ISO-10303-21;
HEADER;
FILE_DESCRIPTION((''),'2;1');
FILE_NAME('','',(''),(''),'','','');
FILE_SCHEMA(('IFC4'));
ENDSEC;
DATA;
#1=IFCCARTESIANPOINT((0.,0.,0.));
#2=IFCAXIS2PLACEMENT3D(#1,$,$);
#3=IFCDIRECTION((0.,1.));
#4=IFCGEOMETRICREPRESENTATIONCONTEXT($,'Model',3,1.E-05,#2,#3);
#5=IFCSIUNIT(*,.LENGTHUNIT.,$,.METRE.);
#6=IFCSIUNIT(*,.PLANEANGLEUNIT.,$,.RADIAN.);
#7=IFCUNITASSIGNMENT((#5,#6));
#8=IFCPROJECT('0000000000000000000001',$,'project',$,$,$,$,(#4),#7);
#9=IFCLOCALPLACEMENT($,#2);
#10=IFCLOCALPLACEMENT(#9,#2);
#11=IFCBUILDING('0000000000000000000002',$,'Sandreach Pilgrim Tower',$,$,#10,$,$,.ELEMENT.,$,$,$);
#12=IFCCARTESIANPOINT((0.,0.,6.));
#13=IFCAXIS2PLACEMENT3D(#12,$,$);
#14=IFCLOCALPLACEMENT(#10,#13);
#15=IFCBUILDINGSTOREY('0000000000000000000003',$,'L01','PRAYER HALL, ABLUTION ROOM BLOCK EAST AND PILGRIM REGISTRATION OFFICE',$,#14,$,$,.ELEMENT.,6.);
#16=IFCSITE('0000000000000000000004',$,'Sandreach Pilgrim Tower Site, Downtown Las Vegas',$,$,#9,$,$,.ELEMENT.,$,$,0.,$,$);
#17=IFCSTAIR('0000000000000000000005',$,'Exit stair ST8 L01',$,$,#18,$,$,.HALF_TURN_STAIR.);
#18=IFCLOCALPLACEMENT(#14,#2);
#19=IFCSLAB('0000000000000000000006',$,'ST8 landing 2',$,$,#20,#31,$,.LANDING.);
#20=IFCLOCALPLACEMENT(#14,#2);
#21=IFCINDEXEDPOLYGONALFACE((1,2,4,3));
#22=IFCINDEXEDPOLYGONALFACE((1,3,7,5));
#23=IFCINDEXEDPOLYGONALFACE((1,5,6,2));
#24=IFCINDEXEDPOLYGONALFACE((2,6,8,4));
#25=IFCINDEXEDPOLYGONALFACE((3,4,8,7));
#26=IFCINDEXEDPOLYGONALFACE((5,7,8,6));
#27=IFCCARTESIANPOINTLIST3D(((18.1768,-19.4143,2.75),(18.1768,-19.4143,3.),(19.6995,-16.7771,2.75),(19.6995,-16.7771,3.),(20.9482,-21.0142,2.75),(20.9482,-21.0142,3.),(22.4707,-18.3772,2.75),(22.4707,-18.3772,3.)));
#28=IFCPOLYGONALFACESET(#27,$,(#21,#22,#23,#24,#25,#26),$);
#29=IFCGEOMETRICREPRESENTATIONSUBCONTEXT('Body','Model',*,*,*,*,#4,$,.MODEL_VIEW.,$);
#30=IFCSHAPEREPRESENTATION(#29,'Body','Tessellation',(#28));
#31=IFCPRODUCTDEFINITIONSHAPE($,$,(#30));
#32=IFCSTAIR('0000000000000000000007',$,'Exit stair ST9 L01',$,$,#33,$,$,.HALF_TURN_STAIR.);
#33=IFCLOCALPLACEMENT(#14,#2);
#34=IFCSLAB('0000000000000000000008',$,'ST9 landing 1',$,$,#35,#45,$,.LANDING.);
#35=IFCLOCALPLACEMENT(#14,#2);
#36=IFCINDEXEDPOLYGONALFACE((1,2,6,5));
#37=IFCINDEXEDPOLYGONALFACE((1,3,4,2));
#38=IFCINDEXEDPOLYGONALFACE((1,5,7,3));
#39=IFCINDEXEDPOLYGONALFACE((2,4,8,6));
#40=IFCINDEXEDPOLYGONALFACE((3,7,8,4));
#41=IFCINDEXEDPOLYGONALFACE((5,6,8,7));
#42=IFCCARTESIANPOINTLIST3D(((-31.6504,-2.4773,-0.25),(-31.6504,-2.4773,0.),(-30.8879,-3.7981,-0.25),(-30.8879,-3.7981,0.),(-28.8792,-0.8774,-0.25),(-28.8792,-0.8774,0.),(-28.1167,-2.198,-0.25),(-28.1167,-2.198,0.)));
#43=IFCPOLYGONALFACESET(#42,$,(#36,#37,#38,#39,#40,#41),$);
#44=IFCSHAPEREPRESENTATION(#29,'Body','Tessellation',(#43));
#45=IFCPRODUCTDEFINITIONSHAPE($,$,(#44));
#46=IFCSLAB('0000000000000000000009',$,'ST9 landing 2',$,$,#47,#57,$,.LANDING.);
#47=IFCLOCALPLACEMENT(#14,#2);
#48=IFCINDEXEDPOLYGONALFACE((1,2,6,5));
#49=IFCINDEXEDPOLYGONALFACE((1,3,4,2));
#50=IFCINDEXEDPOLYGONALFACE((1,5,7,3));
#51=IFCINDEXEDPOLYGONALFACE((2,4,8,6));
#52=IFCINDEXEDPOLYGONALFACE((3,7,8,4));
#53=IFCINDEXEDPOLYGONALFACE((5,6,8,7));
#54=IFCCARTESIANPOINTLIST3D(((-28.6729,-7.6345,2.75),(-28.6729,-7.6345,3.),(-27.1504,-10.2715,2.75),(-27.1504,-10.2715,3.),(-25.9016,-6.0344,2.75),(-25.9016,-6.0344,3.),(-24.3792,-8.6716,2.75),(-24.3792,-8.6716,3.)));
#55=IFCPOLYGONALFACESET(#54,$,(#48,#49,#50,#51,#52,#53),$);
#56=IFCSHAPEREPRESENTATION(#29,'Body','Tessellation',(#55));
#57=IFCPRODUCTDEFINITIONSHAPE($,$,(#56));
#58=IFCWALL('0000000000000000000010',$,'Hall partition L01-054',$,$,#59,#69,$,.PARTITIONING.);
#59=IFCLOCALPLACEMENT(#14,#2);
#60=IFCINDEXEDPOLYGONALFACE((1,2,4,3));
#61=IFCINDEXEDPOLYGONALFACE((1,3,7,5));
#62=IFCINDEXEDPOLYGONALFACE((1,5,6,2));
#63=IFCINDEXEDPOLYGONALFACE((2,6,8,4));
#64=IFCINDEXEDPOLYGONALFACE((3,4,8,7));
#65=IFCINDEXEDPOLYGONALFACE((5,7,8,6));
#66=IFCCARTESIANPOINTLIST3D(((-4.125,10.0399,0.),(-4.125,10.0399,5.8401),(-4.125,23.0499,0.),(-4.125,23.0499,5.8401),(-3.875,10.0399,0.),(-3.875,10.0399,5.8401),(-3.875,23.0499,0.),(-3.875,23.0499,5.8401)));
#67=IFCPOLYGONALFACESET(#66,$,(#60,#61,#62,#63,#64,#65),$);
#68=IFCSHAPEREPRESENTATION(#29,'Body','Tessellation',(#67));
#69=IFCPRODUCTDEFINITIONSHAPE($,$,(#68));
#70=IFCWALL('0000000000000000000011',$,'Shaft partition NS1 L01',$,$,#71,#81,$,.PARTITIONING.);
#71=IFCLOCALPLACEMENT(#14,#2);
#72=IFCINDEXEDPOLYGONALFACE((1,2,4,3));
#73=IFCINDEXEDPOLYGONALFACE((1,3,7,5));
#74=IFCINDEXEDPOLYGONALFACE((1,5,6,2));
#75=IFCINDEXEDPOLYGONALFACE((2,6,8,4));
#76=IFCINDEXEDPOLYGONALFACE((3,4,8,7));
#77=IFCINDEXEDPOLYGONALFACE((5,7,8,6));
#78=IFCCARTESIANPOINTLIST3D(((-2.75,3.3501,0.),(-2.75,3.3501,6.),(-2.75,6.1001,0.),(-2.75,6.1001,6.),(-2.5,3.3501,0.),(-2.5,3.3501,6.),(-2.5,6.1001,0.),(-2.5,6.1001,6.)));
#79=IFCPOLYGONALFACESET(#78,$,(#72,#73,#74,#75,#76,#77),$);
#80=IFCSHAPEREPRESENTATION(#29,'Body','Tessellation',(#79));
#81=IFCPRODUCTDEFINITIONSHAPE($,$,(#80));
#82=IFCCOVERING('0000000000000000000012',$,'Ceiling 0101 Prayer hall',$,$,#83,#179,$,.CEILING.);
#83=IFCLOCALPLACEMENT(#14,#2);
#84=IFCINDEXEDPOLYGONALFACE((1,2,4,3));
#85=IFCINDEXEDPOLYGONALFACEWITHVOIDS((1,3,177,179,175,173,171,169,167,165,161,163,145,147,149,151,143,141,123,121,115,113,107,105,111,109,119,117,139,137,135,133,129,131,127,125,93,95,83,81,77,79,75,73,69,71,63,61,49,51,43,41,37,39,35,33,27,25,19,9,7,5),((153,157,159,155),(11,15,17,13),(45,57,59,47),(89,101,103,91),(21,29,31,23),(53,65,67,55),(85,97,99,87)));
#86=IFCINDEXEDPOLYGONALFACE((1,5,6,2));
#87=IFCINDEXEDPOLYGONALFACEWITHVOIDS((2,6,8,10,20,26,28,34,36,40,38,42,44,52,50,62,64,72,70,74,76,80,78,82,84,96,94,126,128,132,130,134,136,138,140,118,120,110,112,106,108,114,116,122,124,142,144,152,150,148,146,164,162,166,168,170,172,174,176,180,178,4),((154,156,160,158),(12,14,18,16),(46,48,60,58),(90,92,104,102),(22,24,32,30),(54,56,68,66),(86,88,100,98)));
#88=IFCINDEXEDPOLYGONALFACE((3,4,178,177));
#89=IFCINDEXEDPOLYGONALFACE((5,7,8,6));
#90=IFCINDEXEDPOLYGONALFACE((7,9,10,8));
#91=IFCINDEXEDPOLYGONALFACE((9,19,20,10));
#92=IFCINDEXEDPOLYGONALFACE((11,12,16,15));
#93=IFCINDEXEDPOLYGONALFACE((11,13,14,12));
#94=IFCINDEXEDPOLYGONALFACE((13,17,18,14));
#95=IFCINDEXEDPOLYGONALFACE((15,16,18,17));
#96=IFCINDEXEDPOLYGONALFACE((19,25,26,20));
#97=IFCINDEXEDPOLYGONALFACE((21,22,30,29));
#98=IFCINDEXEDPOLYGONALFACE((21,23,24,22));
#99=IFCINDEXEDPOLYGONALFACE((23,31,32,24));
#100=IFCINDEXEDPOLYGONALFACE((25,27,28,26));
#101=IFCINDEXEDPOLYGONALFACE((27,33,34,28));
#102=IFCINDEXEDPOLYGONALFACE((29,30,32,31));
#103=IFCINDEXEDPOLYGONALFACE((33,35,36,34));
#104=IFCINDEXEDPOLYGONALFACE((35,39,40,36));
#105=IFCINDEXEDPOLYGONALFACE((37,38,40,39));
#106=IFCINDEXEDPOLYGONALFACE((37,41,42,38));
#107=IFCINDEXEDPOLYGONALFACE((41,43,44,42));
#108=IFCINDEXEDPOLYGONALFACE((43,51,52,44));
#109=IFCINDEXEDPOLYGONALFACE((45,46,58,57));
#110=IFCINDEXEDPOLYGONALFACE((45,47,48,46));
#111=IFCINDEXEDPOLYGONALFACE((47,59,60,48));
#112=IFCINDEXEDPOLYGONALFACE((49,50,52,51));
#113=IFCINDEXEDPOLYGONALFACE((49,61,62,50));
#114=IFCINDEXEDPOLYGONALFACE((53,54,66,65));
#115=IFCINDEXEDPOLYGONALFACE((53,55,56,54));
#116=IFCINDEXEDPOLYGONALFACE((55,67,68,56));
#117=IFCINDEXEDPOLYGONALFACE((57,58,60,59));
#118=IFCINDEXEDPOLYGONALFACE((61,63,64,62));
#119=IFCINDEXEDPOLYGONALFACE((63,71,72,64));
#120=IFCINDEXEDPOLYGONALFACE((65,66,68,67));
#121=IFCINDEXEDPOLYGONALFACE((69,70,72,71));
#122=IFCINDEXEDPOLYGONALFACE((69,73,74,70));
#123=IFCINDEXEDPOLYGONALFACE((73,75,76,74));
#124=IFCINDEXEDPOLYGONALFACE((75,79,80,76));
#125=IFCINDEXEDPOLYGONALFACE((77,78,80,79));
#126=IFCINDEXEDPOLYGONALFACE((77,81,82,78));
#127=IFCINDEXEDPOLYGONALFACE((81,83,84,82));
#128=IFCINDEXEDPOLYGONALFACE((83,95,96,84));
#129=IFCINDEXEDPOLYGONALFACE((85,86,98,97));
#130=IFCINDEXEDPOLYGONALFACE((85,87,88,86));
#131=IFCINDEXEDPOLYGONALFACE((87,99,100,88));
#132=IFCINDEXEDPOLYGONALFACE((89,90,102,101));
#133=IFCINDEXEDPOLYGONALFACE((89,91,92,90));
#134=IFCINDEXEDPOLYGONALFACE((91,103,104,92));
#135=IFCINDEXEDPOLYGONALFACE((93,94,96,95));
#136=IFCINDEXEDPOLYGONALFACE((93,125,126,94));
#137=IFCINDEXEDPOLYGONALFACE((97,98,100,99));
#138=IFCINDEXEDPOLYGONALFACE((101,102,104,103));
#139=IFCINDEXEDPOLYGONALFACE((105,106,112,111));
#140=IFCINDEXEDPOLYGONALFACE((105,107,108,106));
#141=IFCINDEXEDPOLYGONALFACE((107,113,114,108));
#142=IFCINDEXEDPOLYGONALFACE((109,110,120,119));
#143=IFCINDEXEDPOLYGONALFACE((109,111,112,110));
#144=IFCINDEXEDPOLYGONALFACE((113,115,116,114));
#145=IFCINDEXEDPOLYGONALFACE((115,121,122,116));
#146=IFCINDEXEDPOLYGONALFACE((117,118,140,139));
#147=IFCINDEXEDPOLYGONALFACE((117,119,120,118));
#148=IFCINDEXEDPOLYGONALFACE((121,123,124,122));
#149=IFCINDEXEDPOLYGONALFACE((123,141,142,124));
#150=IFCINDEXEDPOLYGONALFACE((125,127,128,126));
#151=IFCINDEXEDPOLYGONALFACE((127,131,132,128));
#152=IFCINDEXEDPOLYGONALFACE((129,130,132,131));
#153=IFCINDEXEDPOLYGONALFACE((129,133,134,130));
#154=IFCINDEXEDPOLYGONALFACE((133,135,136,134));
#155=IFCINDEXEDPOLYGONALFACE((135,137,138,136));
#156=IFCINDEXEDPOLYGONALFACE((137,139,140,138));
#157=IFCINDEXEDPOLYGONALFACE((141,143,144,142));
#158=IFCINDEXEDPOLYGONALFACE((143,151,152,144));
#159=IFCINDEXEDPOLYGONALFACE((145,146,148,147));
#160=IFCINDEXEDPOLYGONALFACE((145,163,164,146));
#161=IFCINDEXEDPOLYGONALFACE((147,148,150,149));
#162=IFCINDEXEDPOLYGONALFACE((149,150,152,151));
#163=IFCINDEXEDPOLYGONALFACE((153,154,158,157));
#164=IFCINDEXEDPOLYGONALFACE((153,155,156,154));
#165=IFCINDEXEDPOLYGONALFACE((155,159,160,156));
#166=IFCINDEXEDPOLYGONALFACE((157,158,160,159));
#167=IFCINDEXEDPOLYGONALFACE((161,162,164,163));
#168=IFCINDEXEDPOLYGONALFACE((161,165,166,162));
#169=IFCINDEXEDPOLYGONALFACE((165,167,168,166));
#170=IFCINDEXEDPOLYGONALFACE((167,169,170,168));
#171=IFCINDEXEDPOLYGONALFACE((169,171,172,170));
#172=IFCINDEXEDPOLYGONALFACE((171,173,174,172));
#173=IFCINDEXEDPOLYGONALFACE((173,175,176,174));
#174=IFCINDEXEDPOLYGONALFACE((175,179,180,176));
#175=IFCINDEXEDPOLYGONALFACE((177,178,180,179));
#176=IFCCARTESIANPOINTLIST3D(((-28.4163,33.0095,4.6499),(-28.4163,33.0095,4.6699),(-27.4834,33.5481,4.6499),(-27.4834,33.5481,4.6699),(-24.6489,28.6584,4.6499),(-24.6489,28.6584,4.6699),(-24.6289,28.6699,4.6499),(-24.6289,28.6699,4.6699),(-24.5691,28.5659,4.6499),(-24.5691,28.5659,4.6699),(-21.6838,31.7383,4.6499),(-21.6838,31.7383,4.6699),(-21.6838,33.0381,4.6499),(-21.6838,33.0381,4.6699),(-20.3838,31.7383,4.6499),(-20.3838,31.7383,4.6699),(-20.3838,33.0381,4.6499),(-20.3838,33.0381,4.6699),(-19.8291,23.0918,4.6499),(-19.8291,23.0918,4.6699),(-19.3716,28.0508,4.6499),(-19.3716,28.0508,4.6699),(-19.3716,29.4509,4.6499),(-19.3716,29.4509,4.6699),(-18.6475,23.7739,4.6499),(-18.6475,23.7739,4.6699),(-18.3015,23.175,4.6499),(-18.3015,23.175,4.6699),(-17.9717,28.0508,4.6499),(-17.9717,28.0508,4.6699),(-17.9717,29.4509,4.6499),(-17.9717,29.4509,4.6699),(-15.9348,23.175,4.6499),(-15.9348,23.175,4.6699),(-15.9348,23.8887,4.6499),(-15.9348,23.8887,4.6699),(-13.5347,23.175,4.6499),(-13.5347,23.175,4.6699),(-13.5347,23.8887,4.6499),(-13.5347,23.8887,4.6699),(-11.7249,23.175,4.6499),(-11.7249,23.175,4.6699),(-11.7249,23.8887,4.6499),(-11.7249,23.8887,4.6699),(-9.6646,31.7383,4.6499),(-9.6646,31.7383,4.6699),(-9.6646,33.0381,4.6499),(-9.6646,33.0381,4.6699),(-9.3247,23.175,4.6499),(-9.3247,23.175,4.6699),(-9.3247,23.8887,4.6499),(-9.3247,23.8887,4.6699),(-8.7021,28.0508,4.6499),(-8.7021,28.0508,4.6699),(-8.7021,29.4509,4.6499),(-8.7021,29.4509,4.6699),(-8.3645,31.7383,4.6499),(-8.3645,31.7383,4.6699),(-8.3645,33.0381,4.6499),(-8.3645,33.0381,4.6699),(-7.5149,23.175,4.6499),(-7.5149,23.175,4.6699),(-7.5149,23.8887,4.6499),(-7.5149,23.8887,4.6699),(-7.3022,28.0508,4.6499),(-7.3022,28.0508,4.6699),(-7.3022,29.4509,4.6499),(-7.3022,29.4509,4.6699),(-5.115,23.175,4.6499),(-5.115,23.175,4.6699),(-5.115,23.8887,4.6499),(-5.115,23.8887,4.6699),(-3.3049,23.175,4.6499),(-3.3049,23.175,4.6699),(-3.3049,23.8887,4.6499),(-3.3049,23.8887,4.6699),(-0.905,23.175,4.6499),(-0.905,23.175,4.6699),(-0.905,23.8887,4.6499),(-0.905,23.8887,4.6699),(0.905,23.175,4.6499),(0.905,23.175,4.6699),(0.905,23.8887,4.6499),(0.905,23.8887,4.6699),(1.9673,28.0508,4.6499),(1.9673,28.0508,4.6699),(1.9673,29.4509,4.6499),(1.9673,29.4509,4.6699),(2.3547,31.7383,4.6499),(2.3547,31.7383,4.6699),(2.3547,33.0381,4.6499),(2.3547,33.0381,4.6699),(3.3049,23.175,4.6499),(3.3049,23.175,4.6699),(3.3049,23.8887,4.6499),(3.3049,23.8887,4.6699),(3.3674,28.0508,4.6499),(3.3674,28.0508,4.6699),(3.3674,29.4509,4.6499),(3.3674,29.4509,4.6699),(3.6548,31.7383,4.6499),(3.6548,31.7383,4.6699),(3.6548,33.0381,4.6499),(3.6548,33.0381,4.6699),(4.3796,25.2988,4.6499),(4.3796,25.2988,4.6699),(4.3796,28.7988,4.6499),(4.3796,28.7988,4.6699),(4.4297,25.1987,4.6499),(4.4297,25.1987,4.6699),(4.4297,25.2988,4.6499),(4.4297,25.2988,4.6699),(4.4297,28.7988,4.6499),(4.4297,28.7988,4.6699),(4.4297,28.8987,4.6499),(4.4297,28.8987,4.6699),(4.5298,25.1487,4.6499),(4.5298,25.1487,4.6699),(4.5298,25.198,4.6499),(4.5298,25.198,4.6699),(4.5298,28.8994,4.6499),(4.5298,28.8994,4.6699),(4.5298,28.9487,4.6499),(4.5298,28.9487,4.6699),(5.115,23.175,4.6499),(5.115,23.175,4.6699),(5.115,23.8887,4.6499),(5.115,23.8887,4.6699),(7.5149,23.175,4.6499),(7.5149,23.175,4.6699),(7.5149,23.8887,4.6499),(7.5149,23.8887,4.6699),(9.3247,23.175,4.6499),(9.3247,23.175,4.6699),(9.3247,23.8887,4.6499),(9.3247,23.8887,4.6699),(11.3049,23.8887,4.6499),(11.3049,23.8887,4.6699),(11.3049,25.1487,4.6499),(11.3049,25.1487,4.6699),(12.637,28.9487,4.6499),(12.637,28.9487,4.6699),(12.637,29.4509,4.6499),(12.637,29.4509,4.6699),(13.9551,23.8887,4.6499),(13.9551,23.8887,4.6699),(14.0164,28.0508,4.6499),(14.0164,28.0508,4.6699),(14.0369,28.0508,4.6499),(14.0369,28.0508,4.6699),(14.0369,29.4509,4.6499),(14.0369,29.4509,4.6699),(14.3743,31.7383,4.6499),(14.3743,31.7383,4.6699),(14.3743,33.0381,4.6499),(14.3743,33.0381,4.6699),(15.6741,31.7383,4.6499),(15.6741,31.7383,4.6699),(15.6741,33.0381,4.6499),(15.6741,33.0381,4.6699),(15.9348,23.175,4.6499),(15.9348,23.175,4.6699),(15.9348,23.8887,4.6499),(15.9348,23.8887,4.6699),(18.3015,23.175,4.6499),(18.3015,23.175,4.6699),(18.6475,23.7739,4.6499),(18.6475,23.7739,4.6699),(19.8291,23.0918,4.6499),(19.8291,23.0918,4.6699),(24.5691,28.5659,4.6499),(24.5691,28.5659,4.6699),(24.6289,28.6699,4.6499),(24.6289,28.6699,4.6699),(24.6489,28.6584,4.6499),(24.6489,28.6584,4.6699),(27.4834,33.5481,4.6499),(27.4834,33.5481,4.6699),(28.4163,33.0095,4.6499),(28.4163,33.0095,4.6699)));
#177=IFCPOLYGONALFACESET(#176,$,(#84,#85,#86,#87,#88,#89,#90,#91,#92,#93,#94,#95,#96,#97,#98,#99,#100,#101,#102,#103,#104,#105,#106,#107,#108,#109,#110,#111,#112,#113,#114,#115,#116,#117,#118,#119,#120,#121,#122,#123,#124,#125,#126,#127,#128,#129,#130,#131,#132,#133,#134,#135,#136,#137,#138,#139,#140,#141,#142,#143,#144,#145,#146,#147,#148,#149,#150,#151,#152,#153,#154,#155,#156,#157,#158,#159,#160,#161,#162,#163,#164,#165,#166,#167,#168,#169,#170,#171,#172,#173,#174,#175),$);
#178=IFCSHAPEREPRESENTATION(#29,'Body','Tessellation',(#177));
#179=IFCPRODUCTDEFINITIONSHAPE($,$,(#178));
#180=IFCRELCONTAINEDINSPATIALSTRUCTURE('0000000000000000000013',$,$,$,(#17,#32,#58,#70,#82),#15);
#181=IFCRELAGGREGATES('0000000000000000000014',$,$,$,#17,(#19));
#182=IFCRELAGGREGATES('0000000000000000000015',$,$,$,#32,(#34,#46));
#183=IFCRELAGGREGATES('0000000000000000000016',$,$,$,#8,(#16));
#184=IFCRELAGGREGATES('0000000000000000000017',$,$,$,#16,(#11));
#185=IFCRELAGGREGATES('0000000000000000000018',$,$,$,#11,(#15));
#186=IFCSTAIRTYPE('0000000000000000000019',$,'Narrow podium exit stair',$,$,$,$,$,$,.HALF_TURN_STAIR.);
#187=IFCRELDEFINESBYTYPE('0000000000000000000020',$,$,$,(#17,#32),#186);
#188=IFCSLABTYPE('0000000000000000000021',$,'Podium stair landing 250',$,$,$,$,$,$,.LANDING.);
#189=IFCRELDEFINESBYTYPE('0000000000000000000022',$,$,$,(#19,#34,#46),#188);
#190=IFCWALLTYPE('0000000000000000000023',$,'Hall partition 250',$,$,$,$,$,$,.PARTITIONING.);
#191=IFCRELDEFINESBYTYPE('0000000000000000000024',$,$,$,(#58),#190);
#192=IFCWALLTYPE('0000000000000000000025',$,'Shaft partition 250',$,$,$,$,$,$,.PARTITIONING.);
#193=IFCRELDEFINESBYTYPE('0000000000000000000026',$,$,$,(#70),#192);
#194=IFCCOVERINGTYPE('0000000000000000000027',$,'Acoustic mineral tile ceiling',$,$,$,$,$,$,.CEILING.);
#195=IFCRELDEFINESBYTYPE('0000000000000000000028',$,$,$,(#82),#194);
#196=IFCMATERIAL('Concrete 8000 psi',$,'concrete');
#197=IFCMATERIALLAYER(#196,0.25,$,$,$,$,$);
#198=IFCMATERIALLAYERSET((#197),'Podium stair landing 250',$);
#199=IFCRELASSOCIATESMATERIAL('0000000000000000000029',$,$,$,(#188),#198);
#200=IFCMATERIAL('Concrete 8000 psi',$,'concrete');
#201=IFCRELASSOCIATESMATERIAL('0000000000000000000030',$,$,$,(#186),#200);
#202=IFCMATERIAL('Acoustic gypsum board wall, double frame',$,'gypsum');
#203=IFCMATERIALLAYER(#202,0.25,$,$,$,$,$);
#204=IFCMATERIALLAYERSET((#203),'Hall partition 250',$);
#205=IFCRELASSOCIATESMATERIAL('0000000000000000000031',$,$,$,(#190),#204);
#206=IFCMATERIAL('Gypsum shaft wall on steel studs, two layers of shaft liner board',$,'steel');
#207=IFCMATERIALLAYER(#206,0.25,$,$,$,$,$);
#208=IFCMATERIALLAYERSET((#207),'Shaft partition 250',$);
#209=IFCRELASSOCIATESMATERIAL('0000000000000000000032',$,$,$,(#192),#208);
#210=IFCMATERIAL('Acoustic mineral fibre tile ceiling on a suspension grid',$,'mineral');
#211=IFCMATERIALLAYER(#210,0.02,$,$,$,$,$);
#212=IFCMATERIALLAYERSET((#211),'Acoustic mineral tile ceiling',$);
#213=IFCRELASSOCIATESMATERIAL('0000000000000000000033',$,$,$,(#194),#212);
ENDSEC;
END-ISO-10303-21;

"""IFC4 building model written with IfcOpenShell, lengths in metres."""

from ifc_helpers import new_model, si_unit, direction, frame, frame_2d, origin, place, context, subcontext, project, spatial, polyline, rectangle, outline, extrude, material, layer, layer_set, type_object, element, aggregate, save


model = new_model("IFC4")

# Units and contexts
model_context = context("Model", 3, precision=1e-05, world=origin(), true_north=direction((0.0, 1.0)))
body_context = subcontext(model_context, "Body", "Model", "MODEL_VIEW")
ifc_project = project(units=[si_unit("LENGTHUNIT", "METRE"), si_unit("PLANEANGLEUNIT", "RADIAN")], contexts=[model_context])

# Site, building, storey
site_placement = place(None, origin())
site = spatial("IfcSite", under=ifc_project, at=site_placement, Name="Sandreach Pilgrim Tower Site, Downtown Las Vegas", CompositionType="ELEMENT", RefElevation=0.0)
building_placement = place(site_placement, origin())
building = spatial("IfcBuilding", under=site, at=building_placement, Name="Sandreach Pilgrim Tower", CompositionType="ELEMENT")
storey_placement = place(building_placement, frame((0.0, 0.0, 6.0)))
storey = spatial("IfcBuildingStorey", under=building, at=storey_placement, Name="L01", Description="PRAYER HALL, ABLUTION ROOM BLOCK EAST AND PILGRIM REGISTRATION OFFICE", CompositionType="ELEMENT", Elevation=6.0)

# Stairs, slabs
ifc_material_1 = material(Name="Concrete 8000 psi", Category="concrete")
ifc_layer_1 = layer(ifc_material_1, 0.25)
ifc_layer_set_1 = layer_set([ifc_layer_1], Name="Podium stair landing 250")
slab_type_1 = type_object("IfcSlabType", Name="Podium stair landing 250", PredefinedType="LANDING", material=ifc_layer_set_1)
ifc_material_2 = material(Name="Concrete 8000 psi", Category="concrete")
stair_type_1 = type_object("IfcStairType", Name="Narrow podium exit stair", PredefinedType="HALF_TURN_STAIR", material=ifc_material_2)
stair_1_placement = place(storey_placement, origin())
stair_1 = element("IfcStair", 1, at=stair_1_placement, inside=storey, type_object=stair_type_1, Name="Exit stair ST8 L01", PredefinedType="HALF_TURN_STAIR")
slab_1_placement = place(storey_placement, frame((0.0, 0.0, 2.75)))
slab_1 = element("IfcSlab", 2, at=slab_1_placement, type_object=slab_type_1, Name="ST8 landing 2", PredefinedType="LANDING", context=body_context, shape_type="SweptSolid", body=[
    extrude(outline(polyline([(18.1768, -19.4143), (19.6995, -16.7771), (22.4707, -18.3772), (20.9482, -21.0142), (18.1768, -19.4143)])), origin(), (0.0, 0.0, 1.0), 0.25),
])
aggregate(stair_1, [slab_1])
stair_2_placement = place(storey_placement, origin())
stair_2 = element("IfcStair", 3, at=stair_2_placement, inside=storey, type_object=stair_type_1, Name="Exit stair ST9 L01", PredefinedType="HALF_TURN_STAIR")
slab_2_placement = place(storey_placement, frame((0.0, 0.0, -0.25)))
slab_2 = element("IfcSlab", 4, at=slab_2_placement, type_object=slab_type_1, Name="ST9 landing 1", PredefinedType="LANDING", context=body_context, shape_type="SweptSolid", body=[
    extrude(outline(polyline([(-28.8792, -0.8774), (-28.1167, -2.198), (-30.8879, -3.7981), (-31.6504, -2.4773), (-28.8792, -0.8774)])), origin(), (0.0, 0.0, 1.0), 0.25),
])
slab_3_placement = place(storey_placement, frame((0.0, 0.0, 2.75)))
slab_3 = element("IfcSlab", 5, at=slab_3_placement, type_object=slab_type_1, Name="ST9 landing 2", PredefinedType="LANDING", context=body_context, shape_type="SweptSolid", body=[
    extrude(outline(polyline([(-25.9016, -6.0344), (-24.3792, -8.6716), (-27.1504, -10.2715), (-28.6729, -7.6345), (-25.9016, -6.0344)])), origin(), (0.0, 0.0, 1.0), 0.25),
])
aggregate(stair_2, [slab_2, slab_3])

# Walls
ifc_material_3 = material(Name="Acoustic gypsum board wall, double frame", Category="gypsum")
ifc_layer_2 = layer(ifc_material_3, 0.25)
ifc_layer_set_2 = layer_set([ifc_layer_2], Name="Hall partition 250")
wall_type_1 = type_object("IfcWallType", Name="Hall partition 250", PredefinedType="PARTITIONING", material=ifc_layer_set_2)
wall_1_placement = place(storey_placement, frame((-4.0, 10.04, 0.0), z_axis=(0.0, 0.0, 1.0), x_axis=(0.0, 1.0, 0.0)))
element("IfcWall", 6, at=wall_1_placement, inside=storey, type_object=wall_type_1, Name="Hall partition L01-054", PredefinedType="PARTITIONING", context=body_context, shape_type="SweptSolid", body=[
    extrude(rectangle(XDim=13.01, YDim=0.25, at=frame_2d((6.5049, 0.0))), origin(), (0.0, 0.0, 1.0), 5.8401),
])
ifc_material_4 = material(Name="Gypsum shaft wall on steel studs, two layers of shaft liner board", Category="steel")
ifc_layer_3 = layer(ifc_material_4, 0.25)
ifc_layer_set_3 = layer_set([ifc_layer_3], Name="Shaft partition 250")
wall_type_2 = type_object("IfcWallType", Name="Shaft partition 250", PredefinedType="PARTITIONING", material=ifc_layer_set_3)
wall_2_placement = place(storey_placement, frame((-2.625, 3.3501, 0.0), z_axis=(0.0, 0.0, 1.0), x_axis=(0.0, 1.0, 0.0)))
element("IfcWall", 7, at=wall_2_placement, inside=storey, type_object=wall_type_2, Name="Shaft partition NS1 L01", PredefinedType="PARTITIONING", context=body_context, shape_type="SweptSolid", body=[
    extrude(rectangle(XDim=2.75, YDim=0.25, at=frame_2d((1.375, 0.0))), origin(), (0.0, 0.0, 1.0), 6.0),
])

# Covering
ifc_material_5 = material(Name="Acoustic mineral fibre tile ceiling on a suspension grid", Category="mineral")
ifc_layer_4 = layer(ifc_material_5, 0.02)
ifc_layer_set_4 = layer_set([ifc_layer_4], Name="Acoustic mineral tile ceiling")
covering_type_1 = type_object("IfcCoveringType", Name="Acoustic mineral tile ceiling", PredefinedType="CEILING", material=ifc_layer_set_4)
covering_1_placement = place(storey_placement, frame((0.0, 0.0, 4.6499)))
element("IfcCovering", 8, at=covering_1_placement, inside=storey, type_object=covering_type_1, Name="Ceiling 0101 Prayer hall", PredefinedType="CEILING", context=body_context, shape_type="SweptSolid", body=[
    extrude(outline(polyline([(27.4834, 33.5481), (28.4163, 33.0095), (24.6489, 28.6584), (24.6289, 28.6699), (24.5691, 28.5659), (19.8291, 23.0918), (18.6475, 23.7739), (18.3015, 23.175), (15.9348, 23.175), (15.9348, 23.8887), (13.9551, 23.8887), (14.0164, 28.0508), (14.0369, 28.0508), (14.0369, 29.4509), (12.637, 29.4509), (12.637, 28.9487), (4.5298, 28.9487), (4.5298, 28.8994), (4.4297, 28.8987), (4.4297, 28.7988), (4.3796, 28.7988), (4.3796, 25.2988), (4.4297, 25.2988), (4.4297, 25.1987), (4.5298, 25.198), (4.5298, 25.1487), (11.3049, 25.1487), (11.3049, 23.8887), (9.3247, 23.8887), (9.3247, 23.175), (7.5149, 23.175), (7.5149, 23.8887), (5.115, 23.8887), (5.115, 23.175), (3.3049, 23.175), (3.3049, 23.8887), (0.905, 23.8887), (0.905, 23.175), (-0.905, 23.175), (-0.905, 23.8887), (-3.3049, 23.8887), (-3.3049, 23.175), (-5.115, 23.175), (-5.115, 23.8887), (-7.5149, 23.8887), (-7.5149, 23.175), (-9.3247, 23.175), (-9.3247, 23.8887), (-11.7249, 23.8887), (-11.7249, 23.175), (-13.5347, 23.175), (-13.5347, 23.8887), (-15.9348, 23.8887), (-15.9348, 23.175), (-18.3015, 23.175), (-18.6475, 23.7739), (-19.8291, 23.0918), (-24.5691, 28.5659), (-24.6289, 28.6699), (-24.6489, 28.6584), (-28.4163, 33.0095), (-27.4834, 33.5481), (27.4834, 33.5481)]), holes=[polyline([(15.6741, 33.0381), (14.3743, 33.0381), (14.3743, 31.7383), (15.6741, 31.7383), (15.6741, 33.0381)]), polyline([(3.6548, 33.0381), (2.3547, 33.0381), (2.3547, 31.7383), (3.6548, 31.7383), (3.6548, 33.0381)]), polyline([(3.3674, 29.4509), (1.9673, 29.4509), (1.9673, 28.0508), (3.3674, 28.0508), (3.3674, 29.4509)]), polyline([(-7.3022, 29.4509), (-8.7021, 29.4509), (-8.7021, 28.0508), (-7.3022, 28.0508), (-7.3022, 29.4509)]), polyline([(-8.3645, 33.0381), (-9.6646, 33.0381), (-9.6646, 31.7383), (-8.3645, 31.7383), (-8.3645, 33.0381)]), polyline([(-19.3716, 29.4509), (-19.3716, 28.0508), (-17.9717, 28.0508), (-17.9717, 29.4509), (-19.3716, 29.4509)]), polyline([(-20.3838, 33.0381), (-21.6838, 33.0381), (-21.6838, 31.7383), (-20.3838, 31.7383), (-20.3838, 33.0381)])]), origin(), (0.0, 0.0, 1.0), 0.02),
])

save(model, "model.ifc")
